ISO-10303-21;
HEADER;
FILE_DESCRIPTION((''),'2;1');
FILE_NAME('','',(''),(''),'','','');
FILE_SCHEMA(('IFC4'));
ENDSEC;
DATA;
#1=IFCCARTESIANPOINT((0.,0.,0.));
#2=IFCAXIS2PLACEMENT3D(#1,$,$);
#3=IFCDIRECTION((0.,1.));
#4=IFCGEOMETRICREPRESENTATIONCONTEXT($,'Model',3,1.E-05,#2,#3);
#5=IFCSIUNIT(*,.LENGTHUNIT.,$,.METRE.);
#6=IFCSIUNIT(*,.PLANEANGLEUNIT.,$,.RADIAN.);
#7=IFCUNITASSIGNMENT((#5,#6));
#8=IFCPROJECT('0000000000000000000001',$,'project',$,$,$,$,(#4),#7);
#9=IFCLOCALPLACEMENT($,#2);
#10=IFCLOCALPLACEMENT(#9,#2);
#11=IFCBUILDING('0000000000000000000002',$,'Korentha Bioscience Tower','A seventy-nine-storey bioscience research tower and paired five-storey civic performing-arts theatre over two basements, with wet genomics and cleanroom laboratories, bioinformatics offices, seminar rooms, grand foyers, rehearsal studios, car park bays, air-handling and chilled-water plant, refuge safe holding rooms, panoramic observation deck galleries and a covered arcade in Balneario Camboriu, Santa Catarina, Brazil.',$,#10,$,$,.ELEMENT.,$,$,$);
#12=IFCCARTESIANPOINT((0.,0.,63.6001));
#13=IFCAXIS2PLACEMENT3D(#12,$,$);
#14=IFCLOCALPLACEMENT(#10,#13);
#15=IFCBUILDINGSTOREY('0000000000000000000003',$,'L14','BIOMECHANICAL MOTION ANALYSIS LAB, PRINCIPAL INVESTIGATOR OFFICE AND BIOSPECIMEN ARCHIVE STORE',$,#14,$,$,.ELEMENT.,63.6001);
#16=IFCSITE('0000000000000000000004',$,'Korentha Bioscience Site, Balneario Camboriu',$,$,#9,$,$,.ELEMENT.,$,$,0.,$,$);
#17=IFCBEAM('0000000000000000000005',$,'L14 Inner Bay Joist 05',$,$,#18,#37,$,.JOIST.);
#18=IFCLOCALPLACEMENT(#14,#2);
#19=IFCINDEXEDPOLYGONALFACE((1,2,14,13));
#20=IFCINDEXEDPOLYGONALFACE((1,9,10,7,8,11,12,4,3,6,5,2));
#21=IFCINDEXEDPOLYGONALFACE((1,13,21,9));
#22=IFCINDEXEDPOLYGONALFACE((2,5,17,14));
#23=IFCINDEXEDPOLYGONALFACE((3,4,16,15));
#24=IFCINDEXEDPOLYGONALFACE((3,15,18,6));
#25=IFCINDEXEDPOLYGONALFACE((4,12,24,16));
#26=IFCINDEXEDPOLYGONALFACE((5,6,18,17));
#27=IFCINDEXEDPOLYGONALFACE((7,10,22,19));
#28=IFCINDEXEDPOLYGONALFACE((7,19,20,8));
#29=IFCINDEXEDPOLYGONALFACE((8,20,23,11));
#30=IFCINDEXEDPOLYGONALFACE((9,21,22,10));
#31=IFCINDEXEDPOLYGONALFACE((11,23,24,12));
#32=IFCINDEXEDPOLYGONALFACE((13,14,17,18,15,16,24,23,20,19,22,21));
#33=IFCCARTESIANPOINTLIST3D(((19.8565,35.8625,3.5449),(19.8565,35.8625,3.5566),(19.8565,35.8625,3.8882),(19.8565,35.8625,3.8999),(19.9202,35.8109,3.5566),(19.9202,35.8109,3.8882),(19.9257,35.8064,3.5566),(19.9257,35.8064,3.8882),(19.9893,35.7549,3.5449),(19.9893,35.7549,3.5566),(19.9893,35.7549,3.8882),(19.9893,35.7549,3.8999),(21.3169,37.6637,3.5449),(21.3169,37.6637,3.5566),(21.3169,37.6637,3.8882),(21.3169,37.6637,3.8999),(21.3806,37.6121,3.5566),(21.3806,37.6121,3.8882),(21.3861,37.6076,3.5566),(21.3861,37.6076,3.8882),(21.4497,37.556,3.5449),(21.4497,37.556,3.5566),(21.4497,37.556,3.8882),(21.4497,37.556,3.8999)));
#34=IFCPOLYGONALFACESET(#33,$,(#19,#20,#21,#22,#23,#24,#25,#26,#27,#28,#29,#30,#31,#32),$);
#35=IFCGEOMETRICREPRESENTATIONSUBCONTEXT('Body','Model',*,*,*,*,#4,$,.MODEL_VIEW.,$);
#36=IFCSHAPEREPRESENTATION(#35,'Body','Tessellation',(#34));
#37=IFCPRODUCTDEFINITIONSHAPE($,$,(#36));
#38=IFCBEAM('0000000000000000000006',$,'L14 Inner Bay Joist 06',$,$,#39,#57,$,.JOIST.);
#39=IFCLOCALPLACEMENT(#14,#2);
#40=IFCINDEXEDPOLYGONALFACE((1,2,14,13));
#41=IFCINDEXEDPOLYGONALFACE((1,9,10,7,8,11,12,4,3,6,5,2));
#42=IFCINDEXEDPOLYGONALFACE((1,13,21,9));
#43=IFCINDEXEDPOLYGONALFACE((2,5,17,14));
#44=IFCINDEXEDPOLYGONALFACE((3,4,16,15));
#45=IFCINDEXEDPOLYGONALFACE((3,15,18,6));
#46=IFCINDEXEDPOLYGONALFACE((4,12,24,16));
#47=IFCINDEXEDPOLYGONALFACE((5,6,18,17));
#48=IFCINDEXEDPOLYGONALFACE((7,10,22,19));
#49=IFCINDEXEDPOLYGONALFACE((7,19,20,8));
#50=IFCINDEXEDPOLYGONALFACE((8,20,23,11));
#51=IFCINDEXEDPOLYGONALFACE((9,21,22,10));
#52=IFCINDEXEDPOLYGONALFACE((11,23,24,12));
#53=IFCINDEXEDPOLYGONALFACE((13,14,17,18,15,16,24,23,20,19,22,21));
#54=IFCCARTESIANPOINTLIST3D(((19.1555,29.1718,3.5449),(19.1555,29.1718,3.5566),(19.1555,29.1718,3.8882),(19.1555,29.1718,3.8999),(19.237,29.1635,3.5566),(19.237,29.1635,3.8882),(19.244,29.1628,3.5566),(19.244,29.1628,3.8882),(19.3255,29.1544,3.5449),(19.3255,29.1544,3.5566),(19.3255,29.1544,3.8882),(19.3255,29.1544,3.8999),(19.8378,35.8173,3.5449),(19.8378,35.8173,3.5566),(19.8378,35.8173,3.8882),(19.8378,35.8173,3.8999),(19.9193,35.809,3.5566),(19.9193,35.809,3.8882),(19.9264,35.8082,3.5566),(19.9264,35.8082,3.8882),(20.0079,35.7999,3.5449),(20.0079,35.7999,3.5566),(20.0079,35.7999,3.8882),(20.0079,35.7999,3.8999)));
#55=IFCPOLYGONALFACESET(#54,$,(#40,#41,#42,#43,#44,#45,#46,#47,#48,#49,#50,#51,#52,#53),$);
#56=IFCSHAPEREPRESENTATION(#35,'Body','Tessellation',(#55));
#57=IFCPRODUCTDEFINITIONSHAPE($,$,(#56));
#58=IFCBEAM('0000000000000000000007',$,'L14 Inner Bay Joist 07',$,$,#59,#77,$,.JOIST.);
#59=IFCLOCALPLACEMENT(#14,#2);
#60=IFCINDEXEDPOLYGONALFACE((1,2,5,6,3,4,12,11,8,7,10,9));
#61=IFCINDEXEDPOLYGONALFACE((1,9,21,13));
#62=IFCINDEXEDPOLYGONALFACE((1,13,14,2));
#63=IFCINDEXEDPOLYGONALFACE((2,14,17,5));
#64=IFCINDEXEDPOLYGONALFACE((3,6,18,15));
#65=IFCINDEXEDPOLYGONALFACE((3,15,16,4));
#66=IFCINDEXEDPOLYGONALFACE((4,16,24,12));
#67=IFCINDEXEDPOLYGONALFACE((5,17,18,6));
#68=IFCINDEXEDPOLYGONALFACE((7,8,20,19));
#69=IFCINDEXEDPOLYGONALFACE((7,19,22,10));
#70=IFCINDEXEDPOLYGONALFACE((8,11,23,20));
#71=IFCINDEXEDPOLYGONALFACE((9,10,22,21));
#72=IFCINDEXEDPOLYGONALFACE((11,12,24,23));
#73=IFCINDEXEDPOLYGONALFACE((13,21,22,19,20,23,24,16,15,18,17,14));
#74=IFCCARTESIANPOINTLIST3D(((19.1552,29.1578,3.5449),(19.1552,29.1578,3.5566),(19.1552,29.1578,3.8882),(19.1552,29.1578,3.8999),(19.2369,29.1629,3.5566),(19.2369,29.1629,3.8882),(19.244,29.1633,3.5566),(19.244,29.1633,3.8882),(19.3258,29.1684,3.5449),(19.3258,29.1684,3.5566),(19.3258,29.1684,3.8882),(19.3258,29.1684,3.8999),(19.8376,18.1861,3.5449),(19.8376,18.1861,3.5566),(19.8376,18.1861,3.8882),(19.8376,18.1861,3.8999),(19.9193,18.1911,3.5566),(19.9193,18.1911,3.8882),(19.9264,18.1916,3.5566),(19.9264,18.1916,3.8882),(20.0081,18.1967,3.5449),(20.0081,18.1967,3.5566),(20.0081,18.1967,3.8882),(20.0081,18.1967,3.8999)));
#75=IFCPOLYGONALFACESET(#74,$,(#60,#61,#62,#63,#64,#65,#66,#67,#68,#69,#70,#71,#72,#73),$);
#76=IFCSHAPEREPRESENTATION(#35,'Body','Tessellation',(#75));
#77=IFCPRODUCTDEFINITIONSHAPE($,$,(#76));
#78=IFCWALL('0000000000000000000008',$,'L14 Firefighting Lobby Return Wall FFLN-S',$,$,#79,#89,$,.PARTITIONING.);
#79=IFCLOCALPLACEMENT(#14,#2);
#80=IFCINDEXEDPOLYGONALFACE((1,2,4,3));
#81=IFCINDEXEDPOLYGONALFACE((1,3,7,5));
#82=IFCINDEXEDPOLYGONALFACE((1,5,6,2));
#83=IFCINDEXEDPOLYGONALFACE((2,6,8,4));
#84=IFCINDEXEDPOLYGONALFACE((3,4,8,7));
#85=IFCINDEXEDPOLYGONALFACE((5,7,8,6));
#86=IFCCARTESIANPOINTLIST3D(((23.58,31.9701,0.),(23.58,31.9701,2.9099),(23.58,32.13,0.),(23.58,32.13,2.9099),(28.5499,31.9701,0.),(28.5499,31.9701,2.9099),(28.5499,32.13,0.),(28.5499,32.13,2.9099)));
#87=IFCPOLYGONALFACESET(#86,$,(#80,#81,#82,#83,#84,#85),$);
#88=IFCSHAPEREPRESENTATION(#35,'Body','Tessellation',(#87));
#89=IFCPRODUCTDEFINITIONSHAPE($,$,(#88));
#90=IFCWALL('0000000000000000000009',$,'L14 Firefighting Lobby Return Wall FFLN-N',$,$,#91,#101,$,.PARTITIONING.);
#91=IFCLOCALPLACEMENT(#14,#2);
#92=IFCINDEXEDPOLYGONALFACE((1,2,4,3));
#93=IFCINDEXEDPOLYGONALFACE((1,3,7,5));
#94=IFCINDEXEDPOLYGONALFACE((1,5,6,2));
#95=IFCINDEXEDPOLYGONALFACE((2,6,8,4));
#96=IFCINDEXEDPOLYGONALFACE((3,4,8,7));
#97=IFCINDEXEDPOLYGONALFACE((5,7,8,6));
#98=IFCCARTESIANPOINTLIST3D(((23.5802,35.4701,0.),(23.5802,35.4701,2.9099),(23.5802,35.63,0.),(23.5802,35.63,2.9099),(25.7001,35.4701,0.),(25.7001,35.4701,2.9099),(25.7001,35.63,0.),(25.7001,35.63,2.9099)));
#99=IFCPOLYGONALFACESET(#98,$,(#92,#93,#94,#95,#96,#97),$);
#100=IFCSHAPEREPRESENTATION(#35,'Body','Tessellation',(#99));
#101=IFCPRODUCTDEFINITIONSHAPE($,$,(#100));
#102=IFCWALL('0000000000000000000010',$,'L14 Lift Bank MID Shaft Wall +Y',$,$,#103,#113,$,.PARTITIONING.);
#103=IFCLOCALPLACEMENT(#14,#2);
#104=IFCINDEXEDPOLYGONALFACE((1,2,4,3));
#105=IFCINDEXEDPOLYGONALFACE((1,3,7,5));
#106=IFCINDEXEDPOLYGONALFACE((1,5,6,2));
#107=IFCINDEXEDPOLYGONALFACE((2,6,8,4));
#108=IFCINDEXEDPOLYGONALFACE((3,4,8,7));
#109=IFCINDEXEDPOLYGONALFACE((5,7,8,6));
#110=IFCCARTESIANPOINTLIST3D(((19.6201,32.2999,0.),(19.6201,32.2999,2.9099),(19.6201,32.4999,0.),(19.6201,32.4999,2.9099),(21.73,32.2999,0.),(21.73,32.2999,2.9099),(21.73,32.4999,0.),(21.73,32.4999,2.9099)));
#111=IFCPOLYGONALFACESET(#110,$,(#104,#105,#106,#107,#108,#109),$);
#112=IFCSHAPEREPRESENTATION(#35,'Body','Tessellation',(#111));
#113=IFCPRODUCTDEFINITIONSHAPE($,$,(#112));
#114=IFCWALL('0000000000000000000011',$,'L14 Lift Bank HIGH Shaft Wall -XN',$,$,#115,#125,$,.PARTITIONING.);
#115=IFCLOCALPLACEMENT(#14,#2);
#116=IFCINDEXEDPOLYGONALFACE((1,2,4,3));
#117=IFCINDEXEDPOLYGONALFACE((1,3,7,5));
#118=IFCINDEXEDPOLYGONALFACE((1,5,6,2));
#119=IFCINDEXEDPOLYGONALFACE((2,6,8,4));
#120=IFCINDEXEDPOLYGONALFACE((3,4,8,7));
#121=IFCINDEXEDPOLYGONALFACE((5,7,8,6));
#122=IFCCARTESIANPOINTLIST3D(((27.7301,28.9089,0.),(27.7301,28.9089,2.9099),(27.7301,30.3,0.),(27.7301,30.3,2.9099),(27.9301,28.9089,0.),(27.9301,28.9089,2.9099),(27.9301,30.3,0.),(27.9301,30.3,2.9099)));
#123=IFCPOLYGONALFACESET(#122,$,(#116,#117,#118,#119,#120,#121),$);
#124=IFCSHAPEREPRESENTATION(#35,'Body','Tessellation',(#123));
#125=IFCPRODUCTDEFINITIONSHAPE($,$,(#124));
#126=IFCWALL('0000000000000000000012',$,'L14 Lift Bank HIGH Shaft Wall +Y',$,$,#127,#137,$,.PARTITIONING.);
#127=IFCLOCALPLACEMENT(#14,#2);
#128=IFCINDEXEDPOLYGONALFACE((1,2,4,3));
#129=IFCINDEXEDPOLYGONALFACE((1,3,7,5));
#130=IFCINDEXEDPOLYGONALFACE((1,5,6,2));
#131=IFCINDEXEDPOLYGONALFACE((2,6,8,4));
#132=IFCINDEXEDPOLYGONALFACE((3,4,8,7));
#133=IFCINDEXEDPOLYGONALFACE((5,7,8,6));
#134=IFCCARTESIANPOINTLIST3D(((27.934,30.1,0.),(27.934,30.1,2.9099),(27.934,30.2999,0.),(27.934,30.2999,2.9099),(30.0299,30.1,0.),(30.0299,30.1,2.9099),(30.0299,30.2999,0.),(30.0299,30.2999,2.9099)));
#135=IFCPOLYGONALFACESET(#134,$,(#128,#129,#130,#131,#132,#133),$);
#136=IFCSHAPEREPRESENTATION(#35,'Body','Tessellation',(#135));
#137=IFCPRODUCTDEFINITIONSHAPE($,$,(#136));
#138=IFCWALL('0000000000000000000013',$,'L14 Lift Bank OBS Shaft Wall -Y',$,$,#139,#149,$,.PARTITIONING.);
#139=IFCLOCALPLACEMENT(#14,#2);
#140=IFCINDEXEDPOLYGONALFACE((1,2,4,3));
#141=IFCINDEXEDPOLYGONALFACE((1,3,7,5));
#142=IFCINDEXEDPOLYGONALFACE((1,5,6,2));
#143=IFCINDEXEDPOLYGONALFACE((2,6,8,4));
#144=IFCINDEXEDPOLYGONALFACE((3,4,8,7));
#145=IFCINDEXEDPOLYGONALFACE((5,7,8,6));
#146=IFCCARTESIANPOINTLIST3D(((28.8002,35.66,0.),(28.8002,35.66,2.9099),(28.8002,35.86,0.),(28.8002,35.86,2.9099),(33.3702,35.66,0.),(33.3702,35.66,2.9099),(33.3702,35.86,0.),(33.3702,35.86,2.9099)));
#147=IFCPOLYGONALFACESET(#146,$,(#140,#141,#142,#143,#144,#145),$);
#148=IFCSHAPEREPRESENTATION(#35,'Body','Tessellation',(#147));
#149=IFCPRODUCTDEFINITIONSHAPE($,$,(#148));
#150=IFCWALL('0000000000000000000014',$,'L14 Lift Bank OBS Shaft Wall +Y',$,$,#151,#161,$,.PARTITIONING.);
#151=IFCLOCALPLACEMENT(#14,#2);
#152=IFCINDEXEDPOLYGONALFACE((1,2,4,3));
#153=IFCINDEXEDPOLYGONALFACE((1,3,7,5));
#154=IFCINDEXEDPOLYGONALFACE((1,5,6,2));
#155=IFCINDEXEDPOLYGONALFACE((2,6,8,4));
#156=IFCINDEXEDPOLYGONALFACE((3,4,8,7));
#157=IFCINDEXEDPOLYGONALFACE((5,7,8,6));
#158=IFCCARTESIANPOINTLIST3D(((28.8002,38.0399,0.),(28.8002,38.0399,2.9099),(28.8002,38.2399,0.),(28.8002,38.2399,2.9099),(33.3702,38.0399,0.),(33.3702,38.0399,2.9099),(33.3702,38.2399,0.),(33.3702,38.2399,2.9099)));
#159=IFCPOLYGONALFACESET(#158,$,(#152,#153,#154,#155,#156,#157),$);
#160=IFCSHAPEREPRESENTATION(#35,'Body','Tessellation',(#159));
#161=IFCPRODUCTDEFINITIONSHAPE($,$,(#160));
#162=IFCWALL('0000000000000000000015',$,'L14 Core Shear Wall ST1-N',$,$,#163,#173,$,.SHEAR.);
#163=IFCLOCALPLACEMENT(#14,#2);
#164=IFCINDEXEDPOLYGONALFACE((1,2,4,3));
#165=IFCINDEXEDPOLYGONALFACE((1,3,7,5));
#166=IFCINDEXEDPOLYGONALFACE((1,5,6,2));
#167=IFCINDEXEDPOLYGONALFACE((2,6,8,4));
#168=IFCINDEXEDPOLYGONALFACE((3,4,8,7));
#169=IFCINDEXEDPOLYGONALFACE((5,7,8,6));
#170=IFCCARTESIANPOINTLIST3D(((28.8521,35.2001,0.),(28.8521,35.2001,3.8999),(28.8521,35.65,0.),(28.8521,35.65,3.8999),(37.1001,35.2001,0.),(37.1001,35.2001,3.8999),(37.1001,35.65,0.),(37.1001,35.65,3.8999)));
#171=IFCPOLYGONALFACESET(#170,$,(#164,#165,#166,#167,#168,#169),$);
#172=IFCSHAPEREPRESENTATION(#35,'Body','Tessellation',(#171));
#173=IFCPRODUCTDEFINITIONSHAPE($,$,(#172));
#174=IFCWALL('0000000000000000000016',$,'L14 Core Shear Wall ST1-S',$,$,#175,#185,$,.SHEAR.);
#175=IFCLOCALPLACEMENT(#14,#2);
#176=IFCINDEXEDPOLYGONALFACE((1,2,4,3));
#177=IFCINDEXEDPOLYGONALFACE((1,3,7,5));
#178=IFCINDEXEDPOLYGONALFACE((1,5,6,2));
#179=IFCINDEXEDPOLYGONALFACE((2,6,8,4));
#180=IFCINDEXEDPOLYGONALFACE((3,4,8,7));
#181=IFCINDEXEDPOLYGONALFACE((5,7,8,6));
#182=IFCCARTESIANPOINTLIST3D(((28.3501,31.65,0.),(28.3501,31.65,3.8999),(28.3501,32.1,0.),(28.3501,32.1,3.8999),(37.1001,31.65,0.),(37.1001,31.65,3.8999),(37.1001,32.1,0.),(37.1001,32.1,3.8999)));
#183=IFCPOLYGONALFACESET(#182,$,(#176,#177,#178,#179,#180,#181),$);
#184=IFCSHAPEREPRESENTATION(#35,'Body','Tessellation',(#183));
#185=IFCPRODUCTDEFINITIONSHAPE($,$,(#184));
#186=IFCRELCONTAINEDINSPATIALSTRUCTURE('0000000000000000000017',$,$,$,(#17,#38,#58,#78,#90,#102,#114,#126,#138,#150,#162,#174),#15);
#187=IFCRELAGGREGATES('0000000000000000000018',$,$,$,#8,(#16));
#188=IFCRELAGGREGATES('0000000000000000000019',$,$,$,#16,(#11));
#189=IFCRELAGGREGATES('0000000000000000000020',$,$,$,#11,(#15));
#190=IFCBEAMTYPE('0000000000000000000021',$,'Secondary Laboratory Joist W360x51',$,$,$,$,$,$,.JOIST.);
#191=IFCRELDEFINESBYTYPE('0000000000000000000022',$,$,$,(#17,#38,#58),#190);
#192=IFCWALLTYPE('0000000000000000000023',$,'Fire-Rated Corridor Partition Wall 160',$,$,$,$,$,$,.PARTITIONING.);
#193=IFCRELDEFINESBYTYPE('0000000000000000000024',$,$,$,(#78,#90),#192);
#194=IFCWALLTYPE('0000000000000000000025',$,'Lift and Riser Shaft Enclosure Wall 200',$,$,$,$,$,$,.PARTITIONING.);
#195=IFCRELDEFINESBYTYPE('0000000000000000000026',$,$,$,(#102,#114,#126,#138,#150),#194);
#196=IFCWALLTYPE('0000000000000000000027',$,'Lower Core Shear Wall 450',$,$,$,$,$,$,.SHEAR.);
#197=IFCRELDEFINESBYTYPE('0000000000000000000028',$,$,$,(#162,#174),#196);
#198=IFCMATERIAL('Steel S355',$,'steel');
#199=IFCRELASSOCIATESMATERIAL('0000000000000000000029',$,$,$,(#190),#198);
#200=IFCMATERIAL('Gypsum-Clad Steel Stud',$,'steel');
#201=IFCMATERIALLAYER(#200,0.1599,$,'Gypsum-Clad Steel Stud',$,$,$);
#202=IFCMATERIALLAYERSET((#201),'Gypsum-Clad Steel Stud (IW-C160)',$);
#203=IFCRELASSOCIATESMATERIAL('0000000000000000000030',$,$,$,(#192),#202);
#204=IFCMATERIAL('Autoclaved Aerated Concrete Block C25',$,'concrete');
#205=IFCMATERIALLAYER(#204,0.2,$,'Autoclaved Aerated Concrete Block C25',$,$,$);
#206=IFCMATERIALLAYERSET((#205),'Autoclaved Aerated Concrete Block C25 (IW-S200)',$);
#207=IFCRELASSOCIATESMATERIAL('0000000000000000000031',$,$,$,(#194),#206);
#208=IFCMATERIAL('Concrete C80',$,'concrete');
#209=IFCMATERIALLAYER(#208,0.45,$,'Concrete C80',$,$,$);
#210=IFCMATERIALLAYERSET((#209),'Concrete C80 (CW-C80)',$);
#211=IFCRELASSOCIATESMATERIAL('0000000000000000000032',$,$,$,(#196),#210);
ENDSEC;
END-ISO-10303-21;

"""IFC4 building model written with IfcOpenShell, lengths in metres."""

from ifc_helpers import new_model, si_unit, direction, frame, frame_2d, origin, origin_2d, place, context, subcontext, project, spatial, rectangle, i_section, extrude, material, layer, layer_set, material_profile, profile_set, type_object, element, save


model = new_model("IFC4")

# Units and contexts
model_context = context("Model", 3, precision=1e-05, world=origin(), true_north=direction((0.0, 1.0)))
body_context = subcontext(model_context, "Body", "Model", "MODEL_VIEW")
ifc_project = project(units=[si_unit("LENGTHUNIT", "METRE"), si_unit("PLANEANGLEUNIT", "RADIAN")], contexts=[model_context])

# Site, building, storey
site_placement = place(None, origin())
site = spatial("IfcSite", under=ifc_project, at=site_placement, Name="Korentha Bioscience Site, Balneario Camboriu", CompositionType="ELEMENT", RefElevation=0.0)
building_placement = place(site_placement, origin())
building = spatial("IfcBuilding", under=site, at=building_placement, Name="Korentha Bioscience Tower", Description="A seventy-nine-storey bioscience research tower and paired five-storey civic performing-arts theatre over two basements, with wet genomics and cleanroom laboratories, bioinformatics offices, seminar rooms, grand foyers, rehearsal studios, car park bays, air-handling and chilled-water plant, refuge safe holding rooms, panoramic observation deck galleries and a covered arcade in Balneario Camboriu, Santa Catarina, Brazil.", CompositionType="ELEMENT")
storey_placement = place(building_placement, frame((0.0, 0.0, 63.6001)))
storey = spatial("IfcBuildingStorey", under=building, at=storey_placement, Name="L14", Description="BIOMECHANICAL MOTION ANALYSIS LAB, PRINCIPAL INVESTIGATOR OFFICE AND BIOSPECIMEN ARCHIVE STORE", CompositionType="ELEMENT", Elevation=63.6001)

# Beams
ifc_material_1 = material(Name="Steel S355", Category="steel")
ifc_material_profile_1 = material_profile(ifc_material_1, i_section(OverallWidth=0.1709, OverallDepth=0.355, WebThickness=0.0071, FlangeThickness=0.0117, at=origin_2d()), Name="Steel S355")
ifc_profile_set_1 = profile_set([ifc_material_profile_1], Name="Steel S355 (JB-360)")
beam_type_1 = type_object("IfcBeamType", Name="Secondary Laboratory Joist W360x51", PredefinedType="JOIST", material=ifc_profile_set_1)
beam_1_placement = place(storey_placement, frame((21.3833, 37.6099, 3.7224), z_axis=(-0.629792, -0.776764, 0.0), x_axis=(0.776764, -0.629792, 0.0)))
element("IfcBeam", 1, at=beam_1_placement, inside=storey, type_object=beam_type_1, Name="L14 Inner Bay Joist 05", PredefinedType="JOIST", context=body_context, shape_type="SweptSolid", body=[
    extrude(i_section(OverallWidth=0.1709, OverallDepth=0.355, WebThickness=0.0071, FlangeThickness=0.0117, at=origin_2d()), origin(), (0.0, 0.0, 1.0), 2.3188),
])
beam_2_placement = place(storey_placement, frame((19.9229, 35.8086, 3.7224), z_axis=(-0.102145, -0.99477, 0.0), x_axis=(0.99477, -0.102145, 0.0)))
element("IfcBeam", 2, at=beam_2_placement, inside=storey, type_object=beam_type_1, Name="L14 Inner Bay Joist 06", PredefinedType="JOIST", context=body_context, shape_type="SweptSolid", body=[
    extrude(i_section(OverallWidth=0.1709, OverallDepth=0.355, WebThickness=0.0071, FlangeThickness=0.0117, at=origin_2d()), origin(), (0.0, 0.0, 1.0), 6.6804),
])
beam_3_placement = place(storey_placement, frame((19.2405, 29.1631, 3.7224), z_axis=(0.062074, -0.998072, 0.0), x_axis=(0.998072, 0.062074, 0.0)))
element("IfcBeam", 3, at=beam_3_placement, inside=storey, type_object=beam_type_1, Name="L14 Inner Bay Joist 07", PredefinedType="JOIST", context=body_context, shape_type="SweptSolid", body=[
    extrude(i_section(OverallWidth=0.1709, OverallDepth=0.355, WebThickness=0.0071, FlangeThickness=0.0117, at=origin_2d()), origin(), (0.0, 0.0, 1.0), 10.9929),
])

# Shared definitions
ifc_material_2 = material(Name="Gypsum-Clad Steel Stud", Category="steel")
ifc_layer_1 = layer(ifc_material_2, 0.1599, Name="Gypsum-Clad Steel Stud")
ifc_layer_set_1 = layer_set([ifc_layer_1], Name="Gypsum-Clad Steel Stud (IW-C160)")
wall_type_1 = type_object("IfcWallType", Name="Fire-Rated Corridor Partition Wall 160", PredefinedType="PARTITIONING", material=ifc_layer_set_1)

# Walls
wall_1_placement = place(storey_placement, frame((23.5801, 32.05, 0.0), z_axis=(0.0, 0.0, 1.0), x_axis=(1.0, 0.0, 0.0)))
element("IfcWall", 4, at=wall_1_placement, inside=storey, type_object=wall_type_1, Name="L14 Firefighting Lobby Return Wall FFLN-S", PredefinedType="PARTITIONING", context=body_context, shape_type="SweptSolid", body=[
    extrude(rectangle(XDim=4.97, YDim=0.1599, at=frame_2d((2.4849, 0.0))), origin(), (0.0, 0.0, 1.0), 2.9099),
])
wall_2_placement = place(storey_placement, frame((23.5801, 35.55, 0.0), z_axis=(0.0, 0.0, 1.0), x_axis=(1.0, 0.0, 0.0)))
element("IfcWall", 5, at=wall_2_placement, inside=storey, type_object=wall_type_1, Name="L14 Firefighting Lobby Return Wall FFLN-N", PredefinedType="PARTITIONING", context=body_context, shape_type="SweptSolid", body=[
    extrude(rectangle(XDim=2.1199, YDim=0.1599, at=frame_2d((1.0601, 0.0))), origin(), (0.0, 0.0, 1.0), 2.9099),
])
ifc_material_3 = material(Name="Autoclaved Aerated Concrete Block C25", Category="concrete")
ifc_layer_2 = layer(ifc_material_3, 0.2, Name="Autoclaved Aerated Concrete Block C25")
ifc_layer_set_2 = layer_set([ifc_layer_2], Name="Autoclaved Aerated Concrete Block C25 (IW-S200)")
wall_type_2 = type_object("IfcWallType", Name="Lift and Riser Shaft Enclosure Wall 200", PredefinedType="PARTITIONING", material=ifc_layer_set_2)
wall_3_placement = place(storey_placement, frame((19.6201, 32.3999, 0.0), z_axis=(0.0, 0.0, 1.0), x_axis=(1.0, 0.0, 0.0)))
element("IfcWall", 6, at=wall_3_placement, inside=storey, type_object=wall_type_2, Name="L14 Lift Bank MID Shaft Wall +Y", PredefinedType="PARTITIONING", context=body_context, shape_type="SweptSolid", body=[
    extrude(rectangle(XDim=2.1099, YDim=0.2, at=frame_2d((1.0549, 0.0))), origin(), (0.0, 0.0, 1.0), 2.9099),
])
wall_4_placement = place(storey_placement, frame((27.8301, 28.9089, 0.0), z_axis=(0.0, 0.0, 1.0), x_axis=(0.0, 1.0, 0.0)))
element("IfcWall", 7, at=wall_4_placement, inside=storey, type_object=wall_type_2, Name="L14 Lift Bank HIGH Shaft Wall -XN", PredefinedType="PARTITIONING", context=body_context, shape_type="SweptSolid", body=[
    extrude(rectangle(XDim=1.3911, YDim=0.2, at=frame_2d((0.6956, 0.0))), origin(), (0.0, 0.0, 1.0), 2.9099),
])
wall_5_placement = place(storey_placement, frame((27.9341, 30.2, 0.0), z_axis=(0.0, 0.0, 1.0), x_axis=(1.0, 0.0, 0.0)))
element("IfcWall", 8, at=wall_5_placement, inside=storey, type_object=wall_type_2, Name="L14 Lift Bank HIGH Shaft Wall +Y", PredefinedType="PARTITIONING", context=body_context, shape_type="SweptSolid", body=[
    extrude(rectangle(XDim=2.0959, YDim=0.2, at=frame_2d((1.0479, 0.0))), origin(), (0.0, 0.0, 1.0), 2.9099),
])
for number, where, z_axis, x_axis, name in (
    (9, (28.8, 35.76, 0.0), (0.0, 0.0, 1.0), (1.0, 0.0, 0.0), "L14 Lift Bank OBS Shaft Wall -Y"),
    (10, (28.8, 38.1399, 0.0), (0.0, 0.0, 1.0), (1.0, 0.0, 0.0), "L14 Lift Bank OBS Shaft Wall +Y"),
):
    element("IfcWall", number, at=place(storey_placement, frame(where, z_axis=z_axis, x_axis=x_axis)), inside=storey, type_object=wall_type_2, Name=name, PredefinedType="PARTITIONING", context=body_context, shape_type="SweptSolid", body=[
        extrude(rectangle(XDim=4.5701, YDim=0.2, at=frame_2d((2.2852, 0.0))), origin(), (0.0, 0.0, 1.0), 2.9099),
    ])
ifc_material_4 = material(Name="Concrete C80", Category="concrete")
ifc_layer_3 = layer(ifc_material_4, 0.45, Name="Concrete C80")
ifc_layer_set_3 = layer_set([ifc_layer_3], Name="Concrete C80 (CW-C80)")
wall_type_3 = type_object("IfcWallType", Name="Lower Core Shear Wall 450", PredefinedType="SHEAR", material=ifc_layer_set_3)
wall_6_placement = place(storey_placement, frame((28.8521, 35.425, 0.0), z_axis=(0.0, 0.0, 1.0), x_axis=(1.0, 0.0, 0.0)))
element("IfcWall", 11, at=wall_6_placement, inside=storey, type_object=wall_type_3, Name="L14 Core Shear Wall ST1-N", PredefinedType="SHEAR", context=body_context, shape_type="SweptSolid", body=[
    extrude(rectangle(XDim=8.248, YDim=0.45, at=frame_2d((4.124, 0.0))), origin(), (0.0, 0.0, 1.0), 3.8999),
])
wall_7_placement = place(storey_placement, frame((28.3501, 31.875, 0.0), z_axis=(0.0, 0.0, 1.0), x_axis=(1.0, 0.0, 0.0)))
element("IfcWall", 12, at=wall_7_placement, inside=storey, type_object=wall_type_3, Name="L14 Core Shear Wall ST1-S", PredefinedType="SHEAR", context=body_context, shape_type="SweptSolid", body=[
    extrude(rectangle(XDim=8.75, YDim=0.45, at=frame_2d((4.375, 0.0))), origin(), (0.0, 0.0, 1.0), 3.8999),
])

save(model, "model.ifc")
